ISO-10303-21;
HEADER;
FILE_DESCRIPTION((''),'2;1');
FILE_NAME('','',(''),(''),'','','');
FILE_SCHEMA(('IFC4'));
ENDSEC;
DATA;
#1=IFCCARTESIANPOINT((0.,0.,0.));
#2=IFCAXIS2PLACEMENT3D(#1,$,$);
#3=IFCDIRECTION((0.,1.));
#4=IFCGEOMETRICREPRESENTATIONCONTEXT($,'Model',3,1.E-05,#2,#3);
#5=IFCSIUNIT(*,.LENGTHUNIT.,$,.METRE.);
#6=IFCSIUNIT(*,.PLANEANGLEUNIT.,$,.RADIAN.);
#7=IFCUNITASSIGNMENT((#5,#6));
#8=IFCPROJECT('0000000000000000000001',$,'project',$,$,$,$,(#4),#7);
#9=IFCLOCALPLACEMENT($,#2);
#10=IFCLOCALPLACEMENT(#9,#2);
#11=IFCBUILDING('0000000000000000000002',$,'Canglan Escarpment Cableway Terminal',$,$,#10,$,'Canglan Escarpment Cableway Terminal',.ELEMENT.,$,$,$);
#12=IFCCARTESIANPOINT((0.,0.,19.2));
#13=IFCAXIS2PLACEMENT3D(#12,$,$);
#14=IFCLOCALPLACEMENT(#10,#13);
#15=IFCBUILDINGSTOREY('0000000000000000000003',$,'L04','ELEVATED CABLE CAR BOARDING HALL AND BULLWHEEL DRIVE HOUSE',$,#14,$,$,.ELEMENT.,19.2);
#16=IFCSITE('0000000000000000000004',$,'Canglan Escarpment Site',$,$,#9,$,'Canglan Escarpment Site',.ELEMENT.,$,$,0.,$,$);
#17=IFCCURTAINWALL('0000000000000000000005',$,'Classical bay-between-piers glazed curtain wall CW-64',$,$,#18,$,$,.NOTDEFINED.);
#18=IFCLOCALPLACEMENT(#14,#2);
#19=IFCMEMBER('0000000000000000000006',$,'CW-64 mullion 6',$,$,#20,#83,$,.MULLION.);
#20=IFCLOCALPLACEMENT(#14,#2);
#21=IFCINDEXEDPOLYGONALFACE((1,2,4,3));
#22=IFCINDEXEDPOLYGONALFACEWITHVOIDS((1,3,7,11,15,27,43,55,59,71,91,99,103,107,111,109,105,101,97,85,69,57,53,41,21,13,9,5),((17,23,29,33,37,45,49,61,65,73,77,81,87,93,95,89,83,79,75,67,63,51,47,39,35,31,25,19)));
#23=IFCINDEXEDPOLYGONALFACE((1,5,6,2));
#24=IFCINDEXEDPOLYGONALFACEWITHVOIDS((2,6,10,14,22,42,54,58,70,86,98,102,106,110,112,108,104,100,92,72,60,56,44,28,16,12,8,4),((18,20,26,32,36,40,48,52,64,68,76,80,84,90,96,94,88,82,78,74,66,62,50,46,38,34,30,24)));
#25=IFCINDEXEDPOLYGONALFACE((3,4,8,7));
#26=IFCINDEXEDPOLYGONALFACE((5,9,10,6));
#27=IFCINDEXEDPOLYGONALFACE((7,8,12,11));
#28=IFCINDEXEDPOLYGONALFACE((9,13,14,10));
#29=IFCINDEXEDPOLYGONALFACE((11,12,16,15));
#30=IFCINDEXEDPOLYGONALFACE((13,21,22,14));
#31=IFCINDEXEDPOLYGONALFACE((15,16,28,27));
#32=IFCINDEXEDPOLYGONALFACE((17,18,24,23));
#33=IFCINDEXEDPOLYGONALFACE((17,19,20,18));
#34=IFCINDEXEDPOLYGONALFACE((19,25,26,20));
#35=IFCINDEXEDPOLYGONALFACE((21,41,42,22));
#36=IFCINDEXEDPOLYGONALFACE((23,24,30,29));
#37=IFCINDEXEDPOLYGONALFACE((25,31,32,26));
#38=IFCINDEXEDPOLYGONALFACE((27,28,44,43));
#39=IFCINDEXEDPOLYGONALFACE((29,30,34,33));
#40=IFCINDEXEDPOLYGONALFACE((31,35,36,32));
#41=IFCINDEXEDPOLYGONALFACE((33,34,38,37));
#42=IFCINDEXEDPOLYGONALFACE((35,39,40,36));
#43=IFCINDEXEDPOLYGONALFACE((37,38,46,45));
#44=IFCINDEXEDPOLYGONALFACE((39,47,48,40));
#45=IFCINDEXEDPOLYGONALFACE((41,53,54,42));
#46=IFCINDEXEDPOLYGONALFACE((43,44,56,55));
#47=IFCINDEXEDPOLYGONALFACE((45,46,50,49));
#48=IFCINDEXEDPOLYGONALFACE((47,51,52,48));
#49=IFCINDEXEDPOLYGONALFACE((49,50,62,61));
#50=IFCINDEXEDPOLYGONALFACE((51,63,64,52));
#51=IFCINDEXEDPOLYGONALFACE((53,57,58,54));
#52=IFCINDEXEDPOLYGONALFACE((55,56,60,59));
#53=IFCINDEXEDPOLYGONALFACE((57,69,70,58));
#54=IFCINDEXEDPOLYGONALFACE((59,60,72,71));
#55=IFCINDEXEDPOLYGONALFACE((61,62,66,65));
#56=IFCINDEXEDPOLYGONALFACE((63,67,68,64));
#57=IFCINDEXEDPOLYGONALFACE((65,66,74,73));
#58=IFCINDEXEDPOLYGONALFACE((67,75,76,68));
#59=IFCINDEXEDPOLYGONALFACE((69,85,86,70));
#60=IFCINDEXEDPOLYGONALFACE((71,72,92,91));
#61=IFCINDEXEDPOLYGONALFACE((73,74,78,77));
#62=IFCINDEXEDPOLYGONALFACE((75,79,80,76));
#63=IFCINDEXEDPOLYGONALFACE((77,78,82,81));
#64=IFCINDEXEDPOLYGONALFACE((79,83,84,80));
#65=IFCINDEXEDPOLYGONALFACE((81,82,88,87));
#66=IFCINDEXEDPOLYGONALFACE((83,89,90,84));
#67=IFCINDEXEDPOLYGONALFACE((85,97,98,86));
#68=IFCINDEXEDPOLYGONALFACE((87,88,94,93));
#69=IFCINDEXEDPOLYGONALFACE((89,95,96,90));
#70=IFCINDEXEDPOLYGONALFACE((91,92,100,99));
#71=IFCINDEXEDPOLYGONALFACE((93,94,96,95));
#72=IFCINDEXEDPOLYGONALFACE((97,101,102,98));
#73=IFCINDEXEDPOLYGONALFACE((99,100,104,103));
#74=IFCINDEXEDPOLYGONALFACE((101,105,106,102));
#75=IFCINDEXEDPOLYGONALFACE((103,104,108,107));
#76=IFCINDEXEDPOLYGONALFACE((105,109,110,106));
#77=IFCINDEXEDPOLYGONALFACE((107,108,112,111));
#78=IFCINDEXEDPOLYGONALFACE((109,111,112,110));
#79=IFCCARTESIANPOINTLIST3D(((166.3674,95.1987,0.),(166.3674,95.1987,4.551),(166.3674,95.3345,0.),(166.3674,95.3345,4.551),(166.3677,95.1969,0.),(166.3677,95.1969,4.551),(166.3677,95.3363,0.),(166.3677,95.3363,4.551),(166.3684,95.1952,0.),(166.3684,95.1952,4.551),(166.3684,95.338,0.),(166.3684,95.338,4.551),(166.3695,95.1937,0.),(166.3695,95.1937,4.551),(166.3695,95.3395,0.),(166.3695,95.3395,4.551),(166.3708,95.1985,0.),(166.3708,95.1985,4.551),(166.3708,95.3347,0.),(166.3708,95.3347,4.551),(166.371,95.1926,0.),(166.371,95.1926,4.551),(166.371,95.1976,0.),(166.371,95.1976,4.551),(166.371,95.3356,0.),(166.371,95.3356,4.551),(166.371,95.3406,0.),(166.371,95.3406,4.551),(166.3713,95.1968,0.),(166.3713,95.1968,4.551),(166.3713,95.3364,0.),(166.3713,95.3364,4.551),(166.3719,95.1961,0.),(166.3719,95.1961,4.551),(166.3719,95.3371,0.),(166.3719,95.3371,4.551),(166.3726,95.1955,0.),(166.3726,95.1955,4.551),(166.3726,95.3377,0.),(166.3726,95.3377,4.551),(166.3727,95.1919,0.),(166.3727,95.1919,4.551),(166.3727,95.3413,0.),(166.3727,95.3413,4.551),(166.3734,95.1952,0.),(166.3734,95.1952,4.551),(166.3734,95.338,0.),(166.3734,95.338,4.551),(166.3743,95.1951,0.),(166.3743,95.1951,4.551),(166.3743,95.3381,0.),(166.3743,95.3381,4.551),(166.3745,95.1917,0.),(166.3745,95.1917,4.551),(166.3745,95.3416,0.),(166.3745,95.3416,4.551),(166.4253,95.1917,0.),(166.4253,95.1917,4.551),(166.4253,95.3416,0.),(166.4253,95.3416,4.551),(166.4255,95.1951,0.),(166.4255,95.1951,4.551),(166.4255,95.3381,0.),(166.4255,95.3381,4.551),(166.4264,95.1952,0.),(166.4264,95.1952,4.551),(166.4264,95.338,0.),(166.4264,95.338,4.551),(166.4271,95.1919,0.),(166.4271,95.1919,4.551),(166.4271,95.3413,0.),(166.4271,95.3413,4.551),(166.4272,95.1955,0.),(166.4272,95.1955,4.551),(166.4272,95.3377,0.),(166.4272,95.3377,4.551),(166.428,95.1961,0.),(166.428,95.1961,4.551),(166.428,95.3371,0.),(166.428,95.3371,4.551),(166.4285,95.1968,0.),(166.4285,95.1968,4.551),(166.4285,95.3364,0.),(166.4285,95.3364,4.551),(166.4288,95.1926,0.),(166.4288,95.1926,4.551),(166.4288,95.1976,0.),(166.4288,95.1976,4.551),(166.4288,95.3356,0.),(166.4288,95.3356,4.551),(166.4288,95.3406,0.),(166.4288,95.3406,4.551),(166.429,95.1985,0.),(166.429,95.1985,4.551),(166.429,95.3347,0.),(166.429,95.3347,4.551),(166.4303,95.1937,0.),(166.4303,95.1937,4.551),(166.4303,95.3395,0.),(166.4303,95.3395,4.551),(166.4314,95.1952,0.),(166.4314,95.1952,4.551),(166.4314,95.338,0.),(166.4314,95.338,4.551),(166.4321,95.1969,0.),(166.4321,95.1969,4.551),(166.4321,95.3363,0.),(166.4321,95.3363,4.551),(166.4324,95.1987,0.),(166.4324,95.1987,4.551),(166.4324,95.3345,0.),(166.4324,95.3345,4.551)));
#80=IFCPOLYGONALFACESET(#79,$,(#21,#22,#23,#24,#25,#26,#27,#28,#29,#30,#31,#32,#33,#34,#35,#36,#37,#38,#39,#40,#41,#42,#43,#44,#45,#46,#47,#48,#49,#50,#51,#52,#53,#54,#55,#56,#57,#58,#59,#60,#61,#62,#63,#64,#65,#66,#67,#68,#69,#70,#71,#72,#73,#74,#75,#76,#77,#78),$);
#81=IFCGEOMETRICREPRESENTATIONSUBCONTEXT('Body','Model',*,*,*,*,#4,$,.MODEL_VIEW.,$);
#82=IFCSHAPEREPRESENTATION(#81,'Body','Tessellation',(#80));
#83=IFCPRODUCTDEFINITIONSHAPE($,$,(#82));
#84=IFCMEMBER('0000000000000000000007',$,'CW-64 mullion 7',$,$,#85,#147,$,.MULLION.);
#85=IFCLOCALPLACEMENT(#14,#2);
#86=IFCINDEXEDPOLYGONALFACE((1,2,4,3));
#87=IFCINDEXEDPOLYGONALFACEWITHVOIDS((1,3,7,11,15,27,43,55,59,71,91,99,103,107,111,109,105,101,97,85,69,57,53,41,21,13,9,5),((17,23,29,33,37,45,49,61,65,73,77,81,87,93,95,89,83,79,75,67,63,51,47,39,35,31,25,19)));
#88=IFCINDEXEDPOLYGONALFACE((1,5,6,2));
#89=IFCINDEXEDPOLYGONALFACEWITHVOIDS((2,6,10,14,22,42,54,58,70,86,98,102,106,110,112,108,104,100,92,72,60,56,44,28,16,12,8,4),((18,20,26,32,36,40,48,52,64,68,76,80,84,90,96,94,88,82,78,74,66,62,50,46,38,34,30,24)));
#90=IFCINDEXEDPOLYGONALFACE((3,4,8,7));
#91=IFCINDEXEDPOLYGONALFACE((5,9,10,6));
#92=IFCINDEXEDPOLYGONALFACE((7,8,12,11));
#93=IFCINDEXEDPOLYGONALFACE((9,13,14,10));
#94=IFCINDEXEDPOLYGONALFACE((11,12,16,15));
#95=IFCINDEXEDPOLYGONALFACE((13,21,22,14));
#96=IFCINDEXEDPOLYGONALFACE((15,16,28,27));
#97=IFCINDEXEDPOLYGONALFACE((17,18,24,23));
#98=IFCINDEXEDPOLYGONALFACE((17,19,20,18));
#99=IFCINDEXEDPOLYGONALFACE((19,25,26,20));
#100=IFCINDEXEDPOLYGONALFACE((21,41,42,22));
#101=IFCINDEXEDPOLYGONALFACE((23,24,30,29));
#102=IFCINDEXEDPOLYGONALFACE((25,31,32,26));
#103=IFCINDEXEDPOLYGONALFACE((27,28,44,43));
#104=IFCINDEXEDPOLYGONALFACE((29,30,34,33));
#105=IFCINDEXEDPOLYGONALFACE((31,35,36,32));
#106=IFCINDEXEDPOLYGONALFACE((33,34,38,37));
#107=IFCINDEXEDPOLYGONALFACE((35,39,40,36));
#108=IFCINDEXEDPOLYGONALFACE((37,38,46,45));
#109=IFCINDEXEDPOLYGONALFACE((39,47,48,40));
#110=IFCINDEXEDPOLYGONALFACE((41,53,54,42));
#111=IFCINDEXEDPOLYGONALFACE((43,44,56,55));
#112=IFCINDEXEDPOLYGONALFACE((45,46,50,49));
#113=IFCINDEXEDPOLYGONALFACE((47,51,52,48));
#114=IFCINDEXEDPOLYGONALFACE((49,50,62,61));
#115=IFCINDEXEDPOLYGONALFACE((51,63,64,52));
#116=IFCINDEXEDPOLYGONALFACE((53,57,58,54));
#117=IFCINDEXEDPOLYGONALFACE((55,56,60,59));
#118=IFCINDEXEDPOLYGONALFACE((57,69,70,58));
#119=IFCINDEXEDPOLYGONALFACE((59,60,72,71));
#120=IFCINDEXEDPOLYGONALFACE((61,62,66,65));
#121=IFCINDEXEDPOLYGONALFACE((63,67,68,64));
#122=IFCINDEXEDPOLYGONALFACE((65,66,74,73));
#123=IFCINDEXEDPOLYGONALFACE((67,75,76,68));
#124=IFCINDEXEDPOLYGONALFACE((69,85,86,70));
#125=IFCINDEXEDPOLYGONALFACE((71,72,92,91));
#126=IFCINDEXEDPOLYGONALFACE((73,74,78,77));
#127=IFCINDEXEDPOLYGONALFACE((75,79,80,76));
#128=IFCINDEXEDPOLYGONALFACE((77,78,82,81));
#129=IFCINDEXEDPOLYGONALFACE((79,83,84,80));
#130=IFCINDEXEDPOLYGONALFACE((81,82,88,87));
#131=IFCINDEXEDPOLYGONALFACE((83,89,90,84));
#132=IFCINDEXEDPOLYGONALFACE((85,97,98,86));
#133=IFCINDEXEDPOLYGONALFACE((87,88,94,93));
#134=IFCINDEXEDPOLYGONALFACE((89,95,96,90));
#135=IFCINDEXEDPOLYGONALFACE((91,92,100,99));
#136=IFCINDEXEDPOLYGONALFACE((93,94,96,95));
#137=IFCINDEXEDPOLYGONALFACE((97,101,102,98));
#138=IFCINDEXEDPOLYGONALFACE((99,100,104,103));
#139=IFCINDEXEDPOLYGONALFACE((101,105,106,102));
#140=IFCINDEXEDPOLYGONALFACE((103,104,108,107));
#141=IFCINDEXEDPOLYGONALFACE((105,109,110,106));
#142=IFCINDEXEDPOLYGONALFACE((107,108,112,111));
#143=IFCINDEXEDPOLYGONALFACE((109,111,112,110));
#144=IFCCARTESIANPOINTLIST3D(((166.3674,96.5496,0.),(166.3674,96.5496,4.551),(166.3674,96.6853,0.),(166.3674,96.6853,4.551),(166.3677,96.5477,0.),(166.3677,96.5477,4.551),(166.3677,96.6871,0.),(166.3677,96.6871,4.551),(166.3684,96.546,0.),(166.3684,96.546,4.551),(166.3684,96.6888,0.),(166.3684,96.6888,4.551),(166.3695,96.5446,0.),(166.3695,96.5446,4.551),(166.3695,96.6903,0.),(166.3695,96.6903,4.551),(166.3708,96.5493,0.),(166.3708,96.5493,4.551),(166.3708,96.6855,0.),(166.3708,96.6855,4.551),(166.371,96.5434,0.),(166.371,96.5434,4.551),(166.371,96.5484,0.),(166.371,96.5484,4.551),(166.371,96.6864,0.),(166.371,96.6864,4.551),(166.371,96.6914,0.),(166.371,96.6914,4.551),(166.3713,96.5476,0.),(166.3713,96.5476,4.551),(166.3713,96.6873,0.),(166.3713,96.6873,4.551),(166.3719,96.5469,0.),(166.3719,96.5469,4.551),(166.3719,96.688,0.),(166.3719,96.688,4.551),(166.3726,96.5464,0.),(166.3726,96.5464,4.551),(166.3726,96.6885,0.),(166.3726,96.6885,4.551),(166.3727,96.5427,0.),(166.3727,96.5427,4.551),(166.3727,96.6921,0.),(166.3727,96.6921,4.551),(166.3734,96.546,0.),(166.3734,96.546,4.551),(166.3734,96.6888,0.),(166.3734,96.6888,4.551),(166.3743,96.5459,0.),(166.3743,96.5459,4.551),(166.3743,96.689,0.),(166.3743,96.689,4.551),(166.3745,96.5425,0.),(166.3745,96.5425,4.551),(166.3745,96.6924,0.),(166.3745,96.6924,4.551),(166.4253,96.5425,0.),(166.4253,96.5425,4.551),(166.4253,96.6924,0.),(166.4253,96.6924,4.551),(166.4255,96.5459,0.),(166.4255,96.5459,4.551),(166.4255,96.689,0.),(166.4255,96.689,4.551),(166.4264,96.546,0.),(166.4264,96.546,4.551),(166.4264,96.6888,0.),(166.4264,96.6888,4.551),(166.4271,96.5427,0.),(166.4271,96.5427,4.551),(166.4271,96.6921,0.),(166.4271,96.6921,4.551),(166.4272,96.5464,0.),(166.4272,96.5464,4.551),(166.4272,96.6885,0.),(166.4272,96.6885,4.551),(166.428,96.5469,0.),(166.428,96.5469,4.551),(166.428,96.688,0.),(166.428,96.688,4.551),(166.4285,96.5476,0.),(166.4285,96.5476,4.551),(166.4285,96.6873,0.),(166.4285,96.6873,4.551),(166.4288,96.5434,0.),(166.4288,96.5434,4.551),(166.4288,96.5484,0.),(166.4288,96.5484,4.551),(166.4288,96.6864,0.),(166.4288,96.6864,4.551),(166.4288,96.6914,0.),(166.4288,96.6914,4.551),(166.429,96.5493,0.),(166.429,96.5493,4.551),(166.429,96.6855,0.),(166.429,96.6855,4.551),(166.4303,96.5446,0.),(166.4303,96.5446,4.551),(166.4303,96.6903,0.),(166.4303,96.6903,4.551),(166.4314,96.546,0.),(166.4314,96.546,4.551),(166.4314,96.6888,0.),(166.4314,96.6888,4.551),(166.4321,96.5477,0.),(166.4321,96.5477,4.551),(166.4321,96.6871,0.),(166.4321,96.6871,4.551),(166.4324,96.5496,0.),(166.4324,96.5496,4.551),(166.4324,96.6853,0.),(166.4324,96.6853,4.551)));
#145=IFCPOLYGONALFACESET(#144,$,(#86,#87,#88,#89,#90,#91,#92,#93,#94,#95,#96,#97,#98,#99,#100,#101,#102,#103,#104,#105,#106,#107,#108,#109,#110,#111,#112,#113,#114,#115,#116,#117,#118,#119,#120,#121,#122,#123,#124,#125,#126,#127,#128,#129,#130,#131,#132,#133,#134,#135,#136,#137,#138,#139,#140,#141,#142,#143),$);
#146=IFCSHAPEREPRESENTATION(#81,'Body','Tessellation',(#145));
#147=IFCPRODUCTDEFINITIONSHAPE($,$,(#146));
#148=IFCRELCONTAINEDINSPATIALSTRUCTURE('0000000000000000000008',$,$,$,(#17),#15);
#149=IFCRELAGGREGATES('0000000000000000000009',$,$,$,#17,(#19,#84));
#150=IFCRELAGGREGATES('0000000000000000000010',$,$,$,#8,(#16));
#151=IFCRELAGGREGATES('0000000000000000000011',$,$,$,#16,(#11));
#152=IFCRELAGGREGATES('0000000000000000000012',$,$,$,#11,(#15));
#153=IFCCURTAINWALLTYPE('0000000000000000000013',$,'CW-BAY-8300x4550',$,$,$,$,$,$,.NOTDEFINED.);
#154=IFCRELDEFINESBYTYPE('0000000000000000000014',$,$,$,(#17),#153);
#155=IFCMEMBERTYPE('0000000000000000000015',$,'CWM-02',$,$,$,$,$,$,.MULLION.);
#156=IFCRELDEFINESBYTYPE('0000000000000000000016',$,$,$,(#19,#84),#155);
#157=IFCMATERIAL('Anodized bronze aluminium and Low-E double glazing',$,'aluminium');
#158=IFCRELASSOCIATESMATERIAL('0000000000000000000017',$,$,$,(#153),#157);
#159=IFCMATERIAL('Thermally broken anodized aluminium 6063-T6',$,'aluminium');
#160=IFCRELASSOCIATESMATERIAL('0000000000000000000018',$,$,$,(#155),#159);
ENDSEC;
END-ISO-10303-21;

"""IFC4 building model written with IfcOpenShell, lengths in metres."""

from ifc_helpers import new_model, si_unit, direction, frame, origin, origin_2d, place, context, subcontext, project, spatial, hollow_rectangle, extrude, material, material_profile, profile_set, type_object, element, aggregate, save


model = new_model("IFC4")

# Units and contexts
model_context = context("Model", 3, precision=1e-05, world=origin(), true_north=direction((0.0, 1.0)))
body_context = subcontext(model_context, "Body", "Model", "MODEL_VIEW")
ifc_project = project(units=[si_unit("LENGTHUNIT", "METRE"), si_unit("PLANEANGLEUNIT", "RADIAN")], contexts=[model_context])

# Site, building, storey
site_placement = place(None, origin())
site = spatial("IfcSite", under=ifc_project, at=site_placement, Name="Canglan Escarpment Site", LongName="Canglan Escarpment Site", CompositionType="ELEMENT", RefElevation=0.0)
building_placement = place(site_placement, origin())
building = spatial("IfcBuilding", under=site, at=building_placement, Name="Canglan Escarpment Cableway Terminal", LongName="Canglan Escarpment Cableway Terminal", CompositionType="ELEMENT")
storey_placement = place(building_placement, frame((0.0, 0.0, 19.2)))
storey = spatial("IfcBuildingStorey", under=building, at=storey_placement, Name="L04", Description="ELEVATED CABLE CAR BOARDING HALL AND BULLWHEEL DRIVE HOUSE", CompositionType="ELEMENT", Elevation=19.2)

# Curtain wall, members
ifc_material_1 = material(Name="Anodized bronze aluminium and Low-E double glazing", Category="aluminium")
curtain_wall_type = type_object("IfcCurtainWallType", Name="CW-BAY-8300x4550", PredefinedType="NOTDEFINED", material=ifc_material_1)
curtain_wall_1_placement = place(storey_placement, origin())
curtain_wall_1 = element("IfcCurtainWall", 1, at=curtain_wall_1_placement, inside=storey, type_object=curtain_wall_type, Name="Classical bay-between-piers glazed curtain wall CW-64", PredefinedType="NOTDEFINED")
ifc_material_2 = material(Name="Thermally broken anodized aluminium 6063-T6", Category="aluminium")
ifc_material_profile_1 = material_profile(ifc_material_2, hollow_rectangle(XDim=0.0649, YDim=0.1499, WallThickness=0.0034, InnerFilletRadius=0.0034, OuterFilletRadius=0.0071, at=origin_2d()), Name="ALU-MULL 65x150x3.5")
ifc_profile_set_1 = profile_set([ifc_material_profile_1], Name="Thermally broken anodized aluminium 6063-T6")
member_type_1 = type_object("IfcMemberType", Name="CWM-02", PredefinedType="MULLION", material=ifc_profile_set_1)
member_1_placement = place(storey_placement, frame((166.3999, 95.2666, 0.0), z_axis=(0.0, 0.0, 1.0), x_axis=(-1.0, 0.0, 0.0)))
member_1 = element("IfcMember", 2, at=member_1_placement, type_object=member_type_1, Name="CW-64 mullion 6", PredefinedType="MULLION", context=body_context, shape_type="SweptSolid", body=[
    extrude(hollow_rectangle(XDim=0.0649, YDim=0.1499, WallThickness=0.0034, InnerFilletRadius=0.0034, OuterFilletRadius=0.0071, at=origin_2d()), origin(), (0.0, 0.0, 1.0), 4.551),
])
member_2_placement = place(storey_placement, frame((166.3999, 96.6174, 0.0), z_axis=(0.0, 0.0, 1.0), x_axis=(-1.0, 0.0, 0.0)))
member_2 = element("IfcMember", 3, at=member_2_placement, type_object=member_type_1, Name="CW-64 mullion 7", PredefinedType="MULLION", context=body_context, shape_type="SweptSolid", body=[
    extrude(hollow_rectangle(XDim=0.0649, YDim=0.1499, WallThickness=0.0034, InnerFilletRadius=0.0034, OuterFilletRadius=0.0071, at=origin_2d()), origin(), (0.0, 0.0, 1.0), 4.551),
])

aggregate(curtain_wall_1, [member_1, member_2])

save(model, "model.ifc")
